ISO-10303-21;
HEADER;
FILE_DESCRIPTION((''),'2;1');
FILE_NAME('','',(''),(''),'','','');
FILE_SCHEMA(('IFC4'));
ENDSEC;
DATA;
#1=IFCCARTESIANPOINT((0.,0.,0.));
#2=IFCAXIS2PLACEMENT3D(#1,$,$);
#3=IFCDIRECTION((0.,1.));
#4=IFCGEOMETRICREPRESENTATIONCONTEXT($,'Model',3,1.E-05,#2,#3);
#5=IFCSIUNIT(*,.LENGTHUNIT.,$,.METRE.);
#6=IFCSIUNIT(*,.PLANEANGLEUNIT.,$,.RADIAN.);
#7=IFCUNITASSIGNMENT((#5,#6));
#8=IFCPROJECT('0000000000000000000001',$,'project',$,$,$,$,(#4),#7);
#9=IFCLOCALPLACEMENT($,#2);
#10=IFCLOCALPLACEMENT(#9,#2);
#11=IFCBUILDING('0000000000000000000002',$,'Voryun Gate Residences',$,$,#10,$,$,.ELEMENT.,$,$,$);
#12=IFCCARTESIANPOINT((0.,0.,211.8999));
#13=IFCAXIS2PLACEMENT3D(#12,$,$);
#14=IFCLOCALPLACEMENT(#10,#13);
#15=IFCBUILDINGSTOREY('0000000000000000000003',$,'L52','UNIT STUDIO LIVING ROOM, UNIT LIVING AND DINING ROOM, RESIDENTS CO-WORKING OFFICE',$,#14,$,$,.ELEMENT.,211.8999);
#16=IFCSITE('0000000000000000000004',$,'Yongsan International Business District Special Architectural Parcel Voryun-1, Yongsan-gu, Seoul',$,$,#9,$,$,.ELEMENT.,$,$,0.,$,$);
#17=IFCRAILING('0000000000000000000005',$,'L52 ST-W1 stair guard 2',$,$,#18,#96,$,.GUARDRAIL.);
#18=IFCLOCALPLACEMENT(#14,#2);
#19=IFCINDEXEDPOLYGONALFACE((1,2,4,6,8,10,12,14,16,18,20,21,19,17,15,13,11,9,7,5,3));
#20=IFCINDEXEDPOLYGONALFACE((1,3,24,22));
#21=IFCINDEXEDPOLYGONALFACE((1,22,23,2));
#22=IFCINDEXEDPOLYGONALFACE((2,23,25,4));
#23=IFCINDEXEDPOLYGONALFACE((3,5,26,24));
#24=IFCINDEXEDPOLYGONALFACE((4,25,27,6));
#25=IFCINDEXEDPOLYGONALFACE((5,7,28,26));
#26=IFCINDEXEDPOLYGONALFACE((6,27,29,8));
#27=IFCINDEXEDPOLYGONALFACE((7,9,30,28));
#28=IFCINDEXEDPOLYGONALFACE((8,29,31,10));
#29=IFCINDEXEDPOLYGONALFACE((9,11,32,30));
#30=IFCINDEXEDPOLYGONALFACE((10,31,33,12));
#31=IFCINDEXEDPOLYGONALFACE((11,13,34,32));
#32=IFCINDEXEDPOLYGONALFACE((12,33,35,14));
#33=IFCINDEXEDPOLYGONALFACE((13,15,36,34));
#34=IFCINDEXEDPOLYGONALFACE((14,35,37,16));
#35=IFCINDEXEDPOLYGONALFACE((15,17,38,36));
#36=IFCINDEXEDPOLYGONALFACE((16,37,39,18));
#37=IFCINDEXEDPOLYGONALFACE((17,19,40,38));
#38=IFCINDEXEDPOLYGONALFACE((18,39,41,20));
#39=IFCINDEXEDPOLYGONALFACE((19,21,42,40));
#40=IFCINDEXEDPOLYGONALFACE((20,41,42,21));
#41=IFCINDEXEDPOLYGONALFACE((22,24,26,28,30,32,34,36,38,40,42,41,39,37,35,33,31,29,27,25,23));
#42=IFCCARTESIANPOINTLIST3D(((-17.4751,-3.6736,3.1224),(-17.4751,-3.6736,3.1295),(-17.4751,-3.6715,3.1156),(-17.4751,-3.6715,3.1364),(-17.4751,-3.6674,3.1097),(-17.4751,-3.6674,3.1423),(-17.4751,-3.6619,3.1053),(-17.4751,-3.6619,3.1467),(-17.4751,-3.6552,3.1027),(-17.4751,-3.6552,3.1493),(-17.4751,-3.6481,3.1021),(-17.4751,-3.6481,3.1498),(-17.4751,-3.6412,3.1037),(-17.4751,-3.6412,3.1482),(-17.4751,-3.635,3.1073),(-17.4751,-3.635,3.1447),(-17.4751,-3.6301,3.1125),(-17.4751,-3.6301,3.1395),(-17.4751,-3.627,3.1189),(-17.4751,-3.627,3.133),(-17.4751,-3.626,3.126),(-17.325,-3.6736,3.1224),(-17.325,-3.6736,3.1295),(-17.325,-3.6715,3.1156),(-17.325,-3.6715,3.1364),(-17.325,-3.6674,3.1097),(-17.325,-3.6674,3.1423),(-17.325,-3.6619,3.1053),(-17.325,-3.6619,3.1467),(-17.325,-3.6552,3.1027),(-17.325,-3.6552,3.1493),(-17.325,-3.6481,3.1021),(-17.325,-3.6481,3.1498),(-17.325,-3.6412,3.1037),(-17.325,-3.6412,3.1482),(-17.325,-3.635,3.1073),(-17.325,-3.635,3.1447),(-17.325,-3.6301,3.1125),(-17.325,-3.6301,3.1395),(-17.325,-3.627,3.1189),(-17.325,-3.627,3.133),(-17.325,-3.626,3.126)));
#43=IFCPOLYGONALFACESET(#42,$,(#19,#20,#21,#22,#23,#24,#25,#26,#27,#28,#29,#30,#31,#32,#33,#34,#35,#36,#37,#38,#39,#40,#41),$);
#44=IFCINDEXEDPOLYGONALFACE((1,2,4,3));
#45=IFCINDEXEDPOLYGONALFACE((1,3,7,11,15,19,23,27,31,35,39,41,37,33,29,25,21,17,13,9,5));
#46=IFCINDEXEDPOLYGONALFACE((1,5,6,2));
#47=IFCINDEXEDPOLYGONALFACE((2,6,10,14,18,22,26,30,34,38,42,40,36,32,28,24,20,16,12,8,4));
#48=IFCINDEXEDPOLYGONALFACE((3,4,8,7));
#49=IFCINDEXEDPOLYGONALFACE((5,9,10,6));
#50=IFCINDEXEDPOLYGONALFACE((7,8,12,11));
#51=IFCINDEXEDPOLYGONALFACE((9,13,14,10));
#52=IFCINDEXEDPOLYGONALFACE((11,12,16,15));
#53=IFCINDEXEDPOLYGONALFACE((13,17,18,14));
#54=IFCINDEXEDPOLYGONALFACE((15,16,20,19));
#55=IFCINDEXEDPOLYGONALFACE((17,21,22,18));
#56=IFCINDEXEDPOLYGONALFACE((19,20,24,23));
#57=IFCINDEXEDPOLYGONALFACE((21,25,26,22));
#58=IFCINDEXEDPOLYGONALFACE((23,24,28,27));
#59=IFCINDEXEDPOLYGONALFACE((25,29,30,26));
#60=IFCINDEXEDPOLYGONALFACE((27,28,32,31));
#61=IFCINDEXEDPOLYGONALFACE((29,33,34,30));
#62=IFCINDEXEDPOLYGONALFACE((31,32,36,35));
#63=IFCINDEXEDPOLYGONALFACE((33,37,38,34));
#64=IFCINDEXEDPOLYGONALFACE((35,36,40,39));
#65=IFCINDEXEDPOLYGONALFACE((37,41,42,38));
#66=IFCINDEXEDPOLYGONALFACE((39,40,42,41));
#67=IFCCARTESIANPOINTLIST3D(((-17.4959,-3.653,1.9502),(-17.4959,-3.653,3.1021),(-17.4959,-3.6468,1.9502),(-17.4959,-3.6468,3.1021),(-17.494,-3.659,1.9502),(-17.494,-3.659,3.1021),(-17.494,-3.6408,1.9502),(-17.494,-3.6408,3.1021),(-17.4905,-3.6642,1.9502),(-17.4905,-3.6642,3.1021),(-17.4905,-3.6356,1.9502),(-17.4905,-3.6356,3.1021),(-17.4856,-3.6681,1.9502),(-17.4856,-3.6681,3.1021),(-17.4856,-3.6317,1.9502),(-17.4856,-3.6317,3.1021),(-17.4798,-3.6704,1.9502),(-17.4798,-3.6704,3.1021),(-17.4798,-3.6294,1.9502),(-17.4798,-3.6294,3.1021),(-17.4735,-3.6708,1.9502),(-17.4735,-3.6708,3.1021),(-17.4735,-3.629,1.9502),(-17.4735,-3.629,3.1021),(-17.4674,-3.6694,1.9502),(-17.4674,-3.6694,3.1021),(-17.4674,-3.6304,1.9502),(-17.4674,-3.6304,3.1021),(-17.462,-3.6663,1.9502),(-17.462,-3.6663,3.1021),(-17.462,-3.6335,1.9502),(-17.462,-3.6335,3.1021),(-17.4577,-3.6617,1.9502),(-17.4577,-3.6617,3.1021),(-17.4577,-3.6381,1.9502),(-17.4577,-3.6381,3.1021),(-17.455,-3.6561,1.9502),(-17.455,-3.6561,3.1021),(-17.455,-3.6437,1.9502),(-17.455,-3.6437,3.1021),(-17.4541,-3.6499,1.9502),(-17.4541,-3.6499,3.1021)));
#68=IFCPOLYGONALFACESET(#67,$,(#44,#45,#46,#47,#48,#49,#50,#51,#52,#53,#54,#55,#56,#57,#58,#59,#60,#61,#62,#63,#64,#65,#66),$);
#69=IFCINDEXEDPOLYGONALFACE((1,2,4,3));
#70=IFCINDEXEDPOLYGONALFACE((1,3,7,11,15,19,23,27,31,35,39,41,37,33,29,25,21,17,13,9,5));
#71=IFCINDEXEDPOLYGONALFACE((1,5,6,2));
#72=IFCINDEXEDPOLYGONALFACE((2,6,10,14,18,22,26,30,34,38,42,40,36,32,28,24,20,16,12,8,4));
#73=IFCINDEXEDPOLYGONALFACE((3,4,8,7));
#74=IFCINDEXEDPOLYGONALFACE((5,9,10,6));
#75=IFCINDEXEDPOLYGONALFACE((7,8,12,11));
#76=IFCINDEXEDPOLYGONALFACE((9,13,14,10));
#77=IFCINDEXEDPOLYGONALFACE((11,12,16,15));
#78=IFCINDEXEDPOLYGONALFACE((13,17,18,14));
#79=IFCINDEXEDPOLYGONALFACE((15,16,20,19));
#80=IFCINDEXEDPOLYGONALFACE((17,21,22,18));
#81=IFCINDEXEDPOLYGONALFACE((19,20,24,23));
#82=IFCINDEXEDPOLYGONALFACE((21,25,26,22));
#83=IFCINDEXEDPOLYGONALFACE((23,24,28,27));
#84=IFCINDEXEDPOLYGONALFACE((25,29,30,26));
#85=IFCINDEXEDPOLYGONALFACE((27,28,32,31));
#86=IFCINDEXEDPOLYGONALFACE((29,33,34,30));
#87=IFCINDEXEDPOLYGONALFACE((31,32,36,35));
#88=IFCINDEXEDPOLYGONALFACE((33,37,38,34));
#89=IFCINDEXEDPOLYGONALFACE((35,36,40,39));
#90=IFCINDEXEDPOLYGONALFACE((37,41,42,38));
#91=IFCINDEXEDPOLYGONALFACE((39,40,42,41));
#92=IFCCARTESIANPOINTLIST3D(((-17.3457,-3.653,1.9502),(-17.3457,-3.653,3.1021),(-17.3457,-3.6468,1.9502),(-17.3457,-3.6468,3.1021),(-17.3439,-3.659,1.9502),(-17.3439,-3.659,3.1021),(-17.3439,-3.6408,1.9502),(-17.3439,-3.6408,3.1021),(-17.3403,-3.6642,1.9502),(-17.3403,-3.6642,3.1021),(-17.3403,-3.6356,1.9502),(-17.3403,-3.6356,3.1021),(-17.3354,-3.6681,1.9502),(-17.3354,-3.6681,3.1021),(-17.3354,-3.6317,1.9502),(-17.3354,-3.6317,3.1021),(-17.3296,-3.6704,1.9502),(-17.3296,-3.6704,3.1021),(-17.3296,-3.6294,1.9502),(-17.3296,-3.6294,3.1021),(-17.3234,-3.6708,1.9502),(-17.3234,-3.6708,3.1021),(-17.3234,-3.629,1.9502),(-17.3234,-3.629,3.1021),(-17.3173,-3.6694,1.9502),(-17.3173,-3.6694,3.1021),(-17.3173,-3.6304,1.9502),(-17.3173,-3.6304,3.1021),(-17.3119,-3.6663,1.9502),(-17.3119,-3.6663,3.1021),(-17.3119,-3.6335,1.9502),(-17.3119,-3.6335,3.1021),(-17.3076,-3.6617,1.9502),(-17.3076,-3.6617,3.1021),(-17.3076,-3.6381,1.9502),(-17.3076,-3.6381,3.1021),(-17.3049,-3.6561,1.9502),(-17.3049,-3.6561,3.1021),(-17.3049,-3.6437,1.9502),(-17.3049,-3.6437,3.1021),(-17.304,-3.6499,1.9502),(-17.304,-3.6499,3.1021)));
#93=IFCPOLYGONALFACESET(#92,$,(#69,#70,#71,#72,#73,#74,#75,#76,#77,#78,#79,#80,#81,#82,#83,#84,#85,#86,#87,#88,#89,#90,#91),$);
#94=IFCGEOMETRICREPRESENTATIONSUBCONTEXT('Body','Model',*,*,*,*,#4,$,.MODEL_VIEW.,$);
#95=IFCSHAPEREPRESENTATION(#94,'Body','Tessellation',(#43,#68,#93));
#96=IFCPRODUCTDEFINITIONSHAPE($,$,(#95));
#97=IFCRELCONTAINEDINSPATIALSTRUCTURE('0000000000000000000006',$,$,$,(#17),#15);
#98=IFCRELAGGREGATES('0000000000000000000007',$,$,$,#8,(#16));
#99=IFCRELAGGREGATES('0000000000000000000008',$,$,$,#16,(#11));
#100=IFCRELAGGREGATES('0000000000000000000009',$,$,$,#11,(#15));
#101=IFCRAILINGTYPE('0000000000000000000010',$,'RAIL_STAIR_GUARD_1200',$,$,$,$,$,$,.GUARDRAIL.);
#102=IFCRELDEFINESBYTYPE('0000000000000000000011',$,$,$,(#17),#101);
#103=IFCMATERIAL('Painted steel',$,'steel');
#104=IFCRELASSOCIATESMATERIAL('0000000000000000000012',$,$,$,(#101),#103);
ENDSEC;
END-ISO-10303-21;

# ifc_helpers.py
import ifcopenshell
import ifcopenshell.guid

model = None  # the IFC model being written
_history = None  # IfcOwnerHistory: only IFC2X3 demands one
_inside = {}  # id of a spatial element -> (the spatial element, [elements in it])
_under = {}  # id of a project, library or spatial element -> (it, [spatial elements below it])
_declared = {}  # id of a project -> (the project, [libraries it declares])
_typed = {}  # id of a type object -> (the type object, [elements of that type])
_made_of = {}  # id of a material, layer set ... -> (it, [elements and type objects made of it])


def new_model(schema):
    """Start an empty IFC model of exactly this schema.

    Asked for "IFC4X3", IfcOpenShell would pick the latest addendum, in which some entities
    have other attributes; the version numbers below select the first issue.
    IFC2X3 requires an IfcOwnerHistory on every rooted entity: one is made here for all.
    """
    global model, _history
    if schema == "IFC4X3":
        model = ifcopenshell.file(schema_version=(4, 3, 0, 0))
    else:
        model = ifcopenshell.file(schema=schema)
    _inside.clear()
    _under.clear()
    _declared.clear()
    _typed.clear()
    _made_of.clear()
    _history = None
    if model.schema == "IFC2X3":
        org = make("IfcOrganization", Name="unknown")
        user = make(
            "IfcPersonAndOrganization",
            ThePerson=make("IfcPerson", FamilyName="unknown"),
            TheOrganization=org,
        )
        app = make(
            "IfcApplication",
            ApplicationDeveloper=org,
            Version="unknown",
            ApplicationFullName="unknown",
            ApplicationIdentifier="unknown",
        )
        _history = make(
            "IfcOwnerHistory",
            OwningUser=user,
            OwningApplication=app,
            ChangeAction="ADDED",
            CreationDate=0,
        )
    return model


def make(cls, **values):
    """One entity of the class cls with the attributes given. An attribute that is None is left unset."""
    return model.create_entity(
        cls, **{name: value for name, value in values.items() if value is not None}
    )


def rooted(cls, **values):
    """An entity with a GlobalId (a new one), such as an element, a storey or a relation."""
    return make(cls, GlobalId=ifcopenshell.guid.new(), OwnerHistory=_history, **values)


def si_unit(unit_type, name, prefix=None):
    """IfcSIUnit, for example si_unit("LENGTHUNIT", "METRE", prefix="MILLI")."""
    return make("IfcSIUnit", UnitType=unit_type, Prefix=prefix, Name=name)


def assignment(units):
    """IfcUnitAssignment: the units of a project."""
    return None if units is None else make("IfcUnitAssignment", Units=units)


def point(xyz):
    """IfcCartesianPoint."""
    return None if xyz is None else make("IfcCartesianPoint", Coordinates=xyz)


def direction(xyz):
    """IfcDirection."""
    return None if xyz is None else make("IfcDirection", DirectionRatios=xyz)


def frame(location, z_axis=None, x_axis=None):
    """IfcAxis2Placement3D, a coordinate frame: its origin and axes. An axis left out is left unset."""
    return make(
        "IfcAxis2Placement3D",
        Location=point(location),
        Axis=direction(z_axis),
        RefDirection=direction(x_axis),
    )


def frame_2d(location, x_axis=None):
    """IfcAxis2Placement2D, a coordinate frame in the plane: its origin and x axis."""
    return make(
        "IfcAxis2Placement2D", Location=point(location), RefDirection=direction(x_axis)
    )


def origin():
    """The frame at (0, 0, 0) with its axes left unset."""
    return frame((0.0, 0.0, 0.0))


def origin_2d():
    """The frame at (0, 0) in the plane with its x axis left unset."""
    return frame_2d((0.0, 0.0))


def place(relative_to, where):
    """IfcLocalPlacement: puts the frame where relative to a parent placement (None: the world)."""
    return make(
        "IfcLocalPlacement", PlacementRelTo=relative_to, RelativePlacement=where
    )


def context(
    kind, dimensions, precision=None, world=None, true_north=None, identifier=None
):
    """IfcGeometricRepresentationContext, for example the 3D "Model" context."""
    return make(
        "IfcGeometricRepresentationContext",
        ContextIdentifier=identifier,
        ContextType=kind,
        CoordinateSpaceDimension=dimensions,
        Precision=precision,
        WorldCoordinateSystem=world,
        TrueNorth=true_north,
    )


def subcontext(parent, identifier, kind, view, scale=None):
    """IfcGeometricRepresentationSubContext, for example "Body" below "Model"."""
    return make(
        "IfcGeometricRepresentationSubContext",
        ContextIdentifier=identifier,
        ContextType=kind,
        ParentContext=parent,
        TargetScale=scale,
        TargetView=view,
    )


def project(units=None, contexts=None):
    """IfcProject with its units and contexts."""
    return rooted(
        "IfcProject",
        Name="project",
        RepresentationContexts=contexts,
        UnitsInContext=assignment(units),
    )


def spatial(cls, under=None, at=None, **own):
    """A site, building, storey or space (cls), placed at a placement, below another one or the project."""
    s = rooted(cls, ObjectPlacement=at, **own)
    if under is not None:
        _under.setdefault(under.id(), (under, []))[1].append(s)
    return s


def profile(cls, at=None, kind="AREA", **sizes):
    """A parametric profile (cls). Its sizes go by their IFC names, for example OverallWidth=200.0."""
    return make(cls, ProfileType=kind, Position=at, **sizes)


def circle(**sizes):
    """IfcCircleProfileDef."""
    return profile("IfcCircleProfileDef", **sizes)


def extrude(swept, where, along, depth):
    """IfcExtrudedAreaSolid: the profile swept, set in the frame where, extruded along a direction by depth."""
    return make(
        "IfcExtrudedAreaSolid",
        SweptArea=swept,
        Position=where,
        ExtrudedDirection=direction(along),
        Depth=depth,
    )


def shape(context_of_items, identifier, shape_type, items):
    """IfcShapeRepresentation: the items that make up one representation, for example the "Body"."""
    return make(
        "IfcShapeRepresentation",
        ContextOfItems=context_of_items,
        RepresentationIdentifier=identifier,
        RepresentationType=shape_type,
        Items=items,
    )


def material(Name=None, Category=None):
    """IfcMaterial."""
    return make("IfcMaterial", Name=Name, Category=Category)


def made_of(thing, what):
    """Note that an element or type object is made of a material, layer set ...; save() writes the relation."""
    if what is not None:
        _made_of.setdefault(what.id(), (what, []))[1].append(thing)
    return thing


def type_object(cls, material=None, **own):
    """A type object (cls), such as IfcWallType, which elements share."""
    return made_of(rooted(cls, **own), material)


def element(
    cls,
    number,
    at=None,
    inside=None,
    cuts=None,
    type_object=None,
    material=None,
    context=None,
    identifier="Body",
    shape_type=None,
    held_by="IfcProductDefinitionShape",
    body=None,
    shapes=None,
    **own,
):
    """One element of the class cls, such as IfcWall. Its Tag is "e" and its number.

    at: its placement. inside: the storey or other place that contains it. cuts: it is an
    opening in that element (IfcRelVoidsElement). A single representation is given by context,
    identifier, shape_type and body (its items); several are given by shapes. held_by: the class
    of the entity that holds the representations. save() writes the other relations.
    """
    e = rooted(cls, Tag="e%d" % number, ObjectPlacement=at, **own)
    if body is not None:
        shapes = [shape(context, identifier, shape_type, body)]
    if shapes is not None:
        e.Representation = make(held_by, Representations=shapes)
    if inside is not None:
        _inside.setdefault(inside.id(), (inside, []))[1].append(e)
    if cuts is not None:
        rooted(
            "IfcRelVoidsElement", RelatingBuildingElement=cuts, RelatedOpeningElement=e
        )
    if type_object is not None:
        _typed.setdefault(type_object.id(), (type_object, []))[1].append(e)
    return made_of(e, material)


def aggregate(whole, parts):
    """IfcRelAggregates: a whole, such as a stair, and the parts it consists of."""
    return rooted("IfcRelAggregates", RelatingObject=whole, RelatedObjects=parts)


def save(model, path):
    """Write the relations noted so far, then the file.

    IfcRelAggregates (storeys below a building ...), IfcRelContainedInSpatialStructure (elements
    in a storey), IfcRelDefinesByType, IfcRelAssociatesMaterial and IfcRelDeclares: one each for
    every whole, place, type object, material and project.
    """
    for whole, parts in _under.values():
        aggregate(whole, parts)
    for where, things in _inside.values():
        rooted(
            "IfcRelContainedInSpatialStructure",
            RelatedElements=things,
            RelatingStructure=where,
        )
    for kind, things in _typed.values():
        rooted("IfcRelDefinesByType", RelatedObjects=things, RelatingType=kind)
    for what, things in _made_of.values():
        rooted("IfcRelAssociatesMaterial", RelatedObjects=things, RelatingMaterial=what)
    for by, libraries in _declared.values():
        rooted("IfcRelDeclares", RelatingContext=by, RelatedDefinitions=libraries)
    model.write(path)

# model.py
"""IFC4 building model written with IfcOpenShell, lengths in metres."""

from ifc_helpers import new_model, si_unit, direction, frame, origin, origin_2d, place, context, subcontext, project, spatial, circle, extrude, material, type_object, element, save


model = new_model("IFC4")

# Units and contexts
model_context = context("Model", 3, precision=1e-05, world=origin(), true_north=direction((0.0, 1.0)))
body_context = subcontext(model_context, "Body", "Model", "MODEL_VIEW")
ifc_project = project(units=[si_unit("LENGTHUNIT", "METRE"), si_unit("PLANEANGLEUNIT", "RADIAN")], contexts=[model_context])

# Site, building, storey
site_placement = place(None, origin())
site = spatial("IfcSite", under=ifc_project, at=site_placement, Name="Yongsan International Business District Special Architectural Parcel Voryun-1, Yongsan-gu, Seoul", CompositionType="ELEMENT", RefElevation=0.0)
building_placement = place(site_placement, origin())
building = spatial("IfcBuilding", under=site, at=building_placement, Name="Voryun Gate Residences", CompositionType="ELEMENT")
storey_placement = place(building_placement, frame((0.0, 0.0, 211.8999)))
storey = spatial("IfcBuildingStorey", under=building, at=storey_placement, Name="L52", Description="UNIT STUDIO LIVING ROOM, UNIT LIVING AND DINING ROOM, RESIDENTS CO-WORKING OFFICE", CompositionType="ELEMENT", Elevation=211.8999)

# Railing
ifc_material_1 = material(Name="Painted steel", Category="steel")
railing_type_1 = type_object("IfcRailingType", Name="RAIL_STAIR_GUARD_1200", PredefinedType="GUARDRAIL", material=ifc_material_1)
railing_1_placement = place(storey_placement, frame((-17.4751, -3.6499, 1.9502)))
element("IfcRailing", 1, at=railing_1_placement, inside=storey, type_object=railing_type_1, Name="L52 ST-W1 stair guard 2", PredefinedType="GUARDRAIL", context=body_context, shape_type="SweptSolid", body=[
    extrude(circle(Radius=0.0239, at=origin_2d()), frame((0.0, 0.0, 1.1758), z_axis=(1.0, 0.0, 0.0), x_axis=(0.0, 1.0, 0.0)), (0.0, 0.0, 1.0), 0.1501),
    extrude(circle(Radius=0.021, at=origin_2d()), origin(), (0.0, 0.0, 1.0), 1.1519),
    extrude(circle(Radius=0.021, at=origin_2d()), frame((0.1501, 0.0, 0.0)), (0.0, 0.0, 1.0), 1.1519),
])

save(model, "model.ifc")
